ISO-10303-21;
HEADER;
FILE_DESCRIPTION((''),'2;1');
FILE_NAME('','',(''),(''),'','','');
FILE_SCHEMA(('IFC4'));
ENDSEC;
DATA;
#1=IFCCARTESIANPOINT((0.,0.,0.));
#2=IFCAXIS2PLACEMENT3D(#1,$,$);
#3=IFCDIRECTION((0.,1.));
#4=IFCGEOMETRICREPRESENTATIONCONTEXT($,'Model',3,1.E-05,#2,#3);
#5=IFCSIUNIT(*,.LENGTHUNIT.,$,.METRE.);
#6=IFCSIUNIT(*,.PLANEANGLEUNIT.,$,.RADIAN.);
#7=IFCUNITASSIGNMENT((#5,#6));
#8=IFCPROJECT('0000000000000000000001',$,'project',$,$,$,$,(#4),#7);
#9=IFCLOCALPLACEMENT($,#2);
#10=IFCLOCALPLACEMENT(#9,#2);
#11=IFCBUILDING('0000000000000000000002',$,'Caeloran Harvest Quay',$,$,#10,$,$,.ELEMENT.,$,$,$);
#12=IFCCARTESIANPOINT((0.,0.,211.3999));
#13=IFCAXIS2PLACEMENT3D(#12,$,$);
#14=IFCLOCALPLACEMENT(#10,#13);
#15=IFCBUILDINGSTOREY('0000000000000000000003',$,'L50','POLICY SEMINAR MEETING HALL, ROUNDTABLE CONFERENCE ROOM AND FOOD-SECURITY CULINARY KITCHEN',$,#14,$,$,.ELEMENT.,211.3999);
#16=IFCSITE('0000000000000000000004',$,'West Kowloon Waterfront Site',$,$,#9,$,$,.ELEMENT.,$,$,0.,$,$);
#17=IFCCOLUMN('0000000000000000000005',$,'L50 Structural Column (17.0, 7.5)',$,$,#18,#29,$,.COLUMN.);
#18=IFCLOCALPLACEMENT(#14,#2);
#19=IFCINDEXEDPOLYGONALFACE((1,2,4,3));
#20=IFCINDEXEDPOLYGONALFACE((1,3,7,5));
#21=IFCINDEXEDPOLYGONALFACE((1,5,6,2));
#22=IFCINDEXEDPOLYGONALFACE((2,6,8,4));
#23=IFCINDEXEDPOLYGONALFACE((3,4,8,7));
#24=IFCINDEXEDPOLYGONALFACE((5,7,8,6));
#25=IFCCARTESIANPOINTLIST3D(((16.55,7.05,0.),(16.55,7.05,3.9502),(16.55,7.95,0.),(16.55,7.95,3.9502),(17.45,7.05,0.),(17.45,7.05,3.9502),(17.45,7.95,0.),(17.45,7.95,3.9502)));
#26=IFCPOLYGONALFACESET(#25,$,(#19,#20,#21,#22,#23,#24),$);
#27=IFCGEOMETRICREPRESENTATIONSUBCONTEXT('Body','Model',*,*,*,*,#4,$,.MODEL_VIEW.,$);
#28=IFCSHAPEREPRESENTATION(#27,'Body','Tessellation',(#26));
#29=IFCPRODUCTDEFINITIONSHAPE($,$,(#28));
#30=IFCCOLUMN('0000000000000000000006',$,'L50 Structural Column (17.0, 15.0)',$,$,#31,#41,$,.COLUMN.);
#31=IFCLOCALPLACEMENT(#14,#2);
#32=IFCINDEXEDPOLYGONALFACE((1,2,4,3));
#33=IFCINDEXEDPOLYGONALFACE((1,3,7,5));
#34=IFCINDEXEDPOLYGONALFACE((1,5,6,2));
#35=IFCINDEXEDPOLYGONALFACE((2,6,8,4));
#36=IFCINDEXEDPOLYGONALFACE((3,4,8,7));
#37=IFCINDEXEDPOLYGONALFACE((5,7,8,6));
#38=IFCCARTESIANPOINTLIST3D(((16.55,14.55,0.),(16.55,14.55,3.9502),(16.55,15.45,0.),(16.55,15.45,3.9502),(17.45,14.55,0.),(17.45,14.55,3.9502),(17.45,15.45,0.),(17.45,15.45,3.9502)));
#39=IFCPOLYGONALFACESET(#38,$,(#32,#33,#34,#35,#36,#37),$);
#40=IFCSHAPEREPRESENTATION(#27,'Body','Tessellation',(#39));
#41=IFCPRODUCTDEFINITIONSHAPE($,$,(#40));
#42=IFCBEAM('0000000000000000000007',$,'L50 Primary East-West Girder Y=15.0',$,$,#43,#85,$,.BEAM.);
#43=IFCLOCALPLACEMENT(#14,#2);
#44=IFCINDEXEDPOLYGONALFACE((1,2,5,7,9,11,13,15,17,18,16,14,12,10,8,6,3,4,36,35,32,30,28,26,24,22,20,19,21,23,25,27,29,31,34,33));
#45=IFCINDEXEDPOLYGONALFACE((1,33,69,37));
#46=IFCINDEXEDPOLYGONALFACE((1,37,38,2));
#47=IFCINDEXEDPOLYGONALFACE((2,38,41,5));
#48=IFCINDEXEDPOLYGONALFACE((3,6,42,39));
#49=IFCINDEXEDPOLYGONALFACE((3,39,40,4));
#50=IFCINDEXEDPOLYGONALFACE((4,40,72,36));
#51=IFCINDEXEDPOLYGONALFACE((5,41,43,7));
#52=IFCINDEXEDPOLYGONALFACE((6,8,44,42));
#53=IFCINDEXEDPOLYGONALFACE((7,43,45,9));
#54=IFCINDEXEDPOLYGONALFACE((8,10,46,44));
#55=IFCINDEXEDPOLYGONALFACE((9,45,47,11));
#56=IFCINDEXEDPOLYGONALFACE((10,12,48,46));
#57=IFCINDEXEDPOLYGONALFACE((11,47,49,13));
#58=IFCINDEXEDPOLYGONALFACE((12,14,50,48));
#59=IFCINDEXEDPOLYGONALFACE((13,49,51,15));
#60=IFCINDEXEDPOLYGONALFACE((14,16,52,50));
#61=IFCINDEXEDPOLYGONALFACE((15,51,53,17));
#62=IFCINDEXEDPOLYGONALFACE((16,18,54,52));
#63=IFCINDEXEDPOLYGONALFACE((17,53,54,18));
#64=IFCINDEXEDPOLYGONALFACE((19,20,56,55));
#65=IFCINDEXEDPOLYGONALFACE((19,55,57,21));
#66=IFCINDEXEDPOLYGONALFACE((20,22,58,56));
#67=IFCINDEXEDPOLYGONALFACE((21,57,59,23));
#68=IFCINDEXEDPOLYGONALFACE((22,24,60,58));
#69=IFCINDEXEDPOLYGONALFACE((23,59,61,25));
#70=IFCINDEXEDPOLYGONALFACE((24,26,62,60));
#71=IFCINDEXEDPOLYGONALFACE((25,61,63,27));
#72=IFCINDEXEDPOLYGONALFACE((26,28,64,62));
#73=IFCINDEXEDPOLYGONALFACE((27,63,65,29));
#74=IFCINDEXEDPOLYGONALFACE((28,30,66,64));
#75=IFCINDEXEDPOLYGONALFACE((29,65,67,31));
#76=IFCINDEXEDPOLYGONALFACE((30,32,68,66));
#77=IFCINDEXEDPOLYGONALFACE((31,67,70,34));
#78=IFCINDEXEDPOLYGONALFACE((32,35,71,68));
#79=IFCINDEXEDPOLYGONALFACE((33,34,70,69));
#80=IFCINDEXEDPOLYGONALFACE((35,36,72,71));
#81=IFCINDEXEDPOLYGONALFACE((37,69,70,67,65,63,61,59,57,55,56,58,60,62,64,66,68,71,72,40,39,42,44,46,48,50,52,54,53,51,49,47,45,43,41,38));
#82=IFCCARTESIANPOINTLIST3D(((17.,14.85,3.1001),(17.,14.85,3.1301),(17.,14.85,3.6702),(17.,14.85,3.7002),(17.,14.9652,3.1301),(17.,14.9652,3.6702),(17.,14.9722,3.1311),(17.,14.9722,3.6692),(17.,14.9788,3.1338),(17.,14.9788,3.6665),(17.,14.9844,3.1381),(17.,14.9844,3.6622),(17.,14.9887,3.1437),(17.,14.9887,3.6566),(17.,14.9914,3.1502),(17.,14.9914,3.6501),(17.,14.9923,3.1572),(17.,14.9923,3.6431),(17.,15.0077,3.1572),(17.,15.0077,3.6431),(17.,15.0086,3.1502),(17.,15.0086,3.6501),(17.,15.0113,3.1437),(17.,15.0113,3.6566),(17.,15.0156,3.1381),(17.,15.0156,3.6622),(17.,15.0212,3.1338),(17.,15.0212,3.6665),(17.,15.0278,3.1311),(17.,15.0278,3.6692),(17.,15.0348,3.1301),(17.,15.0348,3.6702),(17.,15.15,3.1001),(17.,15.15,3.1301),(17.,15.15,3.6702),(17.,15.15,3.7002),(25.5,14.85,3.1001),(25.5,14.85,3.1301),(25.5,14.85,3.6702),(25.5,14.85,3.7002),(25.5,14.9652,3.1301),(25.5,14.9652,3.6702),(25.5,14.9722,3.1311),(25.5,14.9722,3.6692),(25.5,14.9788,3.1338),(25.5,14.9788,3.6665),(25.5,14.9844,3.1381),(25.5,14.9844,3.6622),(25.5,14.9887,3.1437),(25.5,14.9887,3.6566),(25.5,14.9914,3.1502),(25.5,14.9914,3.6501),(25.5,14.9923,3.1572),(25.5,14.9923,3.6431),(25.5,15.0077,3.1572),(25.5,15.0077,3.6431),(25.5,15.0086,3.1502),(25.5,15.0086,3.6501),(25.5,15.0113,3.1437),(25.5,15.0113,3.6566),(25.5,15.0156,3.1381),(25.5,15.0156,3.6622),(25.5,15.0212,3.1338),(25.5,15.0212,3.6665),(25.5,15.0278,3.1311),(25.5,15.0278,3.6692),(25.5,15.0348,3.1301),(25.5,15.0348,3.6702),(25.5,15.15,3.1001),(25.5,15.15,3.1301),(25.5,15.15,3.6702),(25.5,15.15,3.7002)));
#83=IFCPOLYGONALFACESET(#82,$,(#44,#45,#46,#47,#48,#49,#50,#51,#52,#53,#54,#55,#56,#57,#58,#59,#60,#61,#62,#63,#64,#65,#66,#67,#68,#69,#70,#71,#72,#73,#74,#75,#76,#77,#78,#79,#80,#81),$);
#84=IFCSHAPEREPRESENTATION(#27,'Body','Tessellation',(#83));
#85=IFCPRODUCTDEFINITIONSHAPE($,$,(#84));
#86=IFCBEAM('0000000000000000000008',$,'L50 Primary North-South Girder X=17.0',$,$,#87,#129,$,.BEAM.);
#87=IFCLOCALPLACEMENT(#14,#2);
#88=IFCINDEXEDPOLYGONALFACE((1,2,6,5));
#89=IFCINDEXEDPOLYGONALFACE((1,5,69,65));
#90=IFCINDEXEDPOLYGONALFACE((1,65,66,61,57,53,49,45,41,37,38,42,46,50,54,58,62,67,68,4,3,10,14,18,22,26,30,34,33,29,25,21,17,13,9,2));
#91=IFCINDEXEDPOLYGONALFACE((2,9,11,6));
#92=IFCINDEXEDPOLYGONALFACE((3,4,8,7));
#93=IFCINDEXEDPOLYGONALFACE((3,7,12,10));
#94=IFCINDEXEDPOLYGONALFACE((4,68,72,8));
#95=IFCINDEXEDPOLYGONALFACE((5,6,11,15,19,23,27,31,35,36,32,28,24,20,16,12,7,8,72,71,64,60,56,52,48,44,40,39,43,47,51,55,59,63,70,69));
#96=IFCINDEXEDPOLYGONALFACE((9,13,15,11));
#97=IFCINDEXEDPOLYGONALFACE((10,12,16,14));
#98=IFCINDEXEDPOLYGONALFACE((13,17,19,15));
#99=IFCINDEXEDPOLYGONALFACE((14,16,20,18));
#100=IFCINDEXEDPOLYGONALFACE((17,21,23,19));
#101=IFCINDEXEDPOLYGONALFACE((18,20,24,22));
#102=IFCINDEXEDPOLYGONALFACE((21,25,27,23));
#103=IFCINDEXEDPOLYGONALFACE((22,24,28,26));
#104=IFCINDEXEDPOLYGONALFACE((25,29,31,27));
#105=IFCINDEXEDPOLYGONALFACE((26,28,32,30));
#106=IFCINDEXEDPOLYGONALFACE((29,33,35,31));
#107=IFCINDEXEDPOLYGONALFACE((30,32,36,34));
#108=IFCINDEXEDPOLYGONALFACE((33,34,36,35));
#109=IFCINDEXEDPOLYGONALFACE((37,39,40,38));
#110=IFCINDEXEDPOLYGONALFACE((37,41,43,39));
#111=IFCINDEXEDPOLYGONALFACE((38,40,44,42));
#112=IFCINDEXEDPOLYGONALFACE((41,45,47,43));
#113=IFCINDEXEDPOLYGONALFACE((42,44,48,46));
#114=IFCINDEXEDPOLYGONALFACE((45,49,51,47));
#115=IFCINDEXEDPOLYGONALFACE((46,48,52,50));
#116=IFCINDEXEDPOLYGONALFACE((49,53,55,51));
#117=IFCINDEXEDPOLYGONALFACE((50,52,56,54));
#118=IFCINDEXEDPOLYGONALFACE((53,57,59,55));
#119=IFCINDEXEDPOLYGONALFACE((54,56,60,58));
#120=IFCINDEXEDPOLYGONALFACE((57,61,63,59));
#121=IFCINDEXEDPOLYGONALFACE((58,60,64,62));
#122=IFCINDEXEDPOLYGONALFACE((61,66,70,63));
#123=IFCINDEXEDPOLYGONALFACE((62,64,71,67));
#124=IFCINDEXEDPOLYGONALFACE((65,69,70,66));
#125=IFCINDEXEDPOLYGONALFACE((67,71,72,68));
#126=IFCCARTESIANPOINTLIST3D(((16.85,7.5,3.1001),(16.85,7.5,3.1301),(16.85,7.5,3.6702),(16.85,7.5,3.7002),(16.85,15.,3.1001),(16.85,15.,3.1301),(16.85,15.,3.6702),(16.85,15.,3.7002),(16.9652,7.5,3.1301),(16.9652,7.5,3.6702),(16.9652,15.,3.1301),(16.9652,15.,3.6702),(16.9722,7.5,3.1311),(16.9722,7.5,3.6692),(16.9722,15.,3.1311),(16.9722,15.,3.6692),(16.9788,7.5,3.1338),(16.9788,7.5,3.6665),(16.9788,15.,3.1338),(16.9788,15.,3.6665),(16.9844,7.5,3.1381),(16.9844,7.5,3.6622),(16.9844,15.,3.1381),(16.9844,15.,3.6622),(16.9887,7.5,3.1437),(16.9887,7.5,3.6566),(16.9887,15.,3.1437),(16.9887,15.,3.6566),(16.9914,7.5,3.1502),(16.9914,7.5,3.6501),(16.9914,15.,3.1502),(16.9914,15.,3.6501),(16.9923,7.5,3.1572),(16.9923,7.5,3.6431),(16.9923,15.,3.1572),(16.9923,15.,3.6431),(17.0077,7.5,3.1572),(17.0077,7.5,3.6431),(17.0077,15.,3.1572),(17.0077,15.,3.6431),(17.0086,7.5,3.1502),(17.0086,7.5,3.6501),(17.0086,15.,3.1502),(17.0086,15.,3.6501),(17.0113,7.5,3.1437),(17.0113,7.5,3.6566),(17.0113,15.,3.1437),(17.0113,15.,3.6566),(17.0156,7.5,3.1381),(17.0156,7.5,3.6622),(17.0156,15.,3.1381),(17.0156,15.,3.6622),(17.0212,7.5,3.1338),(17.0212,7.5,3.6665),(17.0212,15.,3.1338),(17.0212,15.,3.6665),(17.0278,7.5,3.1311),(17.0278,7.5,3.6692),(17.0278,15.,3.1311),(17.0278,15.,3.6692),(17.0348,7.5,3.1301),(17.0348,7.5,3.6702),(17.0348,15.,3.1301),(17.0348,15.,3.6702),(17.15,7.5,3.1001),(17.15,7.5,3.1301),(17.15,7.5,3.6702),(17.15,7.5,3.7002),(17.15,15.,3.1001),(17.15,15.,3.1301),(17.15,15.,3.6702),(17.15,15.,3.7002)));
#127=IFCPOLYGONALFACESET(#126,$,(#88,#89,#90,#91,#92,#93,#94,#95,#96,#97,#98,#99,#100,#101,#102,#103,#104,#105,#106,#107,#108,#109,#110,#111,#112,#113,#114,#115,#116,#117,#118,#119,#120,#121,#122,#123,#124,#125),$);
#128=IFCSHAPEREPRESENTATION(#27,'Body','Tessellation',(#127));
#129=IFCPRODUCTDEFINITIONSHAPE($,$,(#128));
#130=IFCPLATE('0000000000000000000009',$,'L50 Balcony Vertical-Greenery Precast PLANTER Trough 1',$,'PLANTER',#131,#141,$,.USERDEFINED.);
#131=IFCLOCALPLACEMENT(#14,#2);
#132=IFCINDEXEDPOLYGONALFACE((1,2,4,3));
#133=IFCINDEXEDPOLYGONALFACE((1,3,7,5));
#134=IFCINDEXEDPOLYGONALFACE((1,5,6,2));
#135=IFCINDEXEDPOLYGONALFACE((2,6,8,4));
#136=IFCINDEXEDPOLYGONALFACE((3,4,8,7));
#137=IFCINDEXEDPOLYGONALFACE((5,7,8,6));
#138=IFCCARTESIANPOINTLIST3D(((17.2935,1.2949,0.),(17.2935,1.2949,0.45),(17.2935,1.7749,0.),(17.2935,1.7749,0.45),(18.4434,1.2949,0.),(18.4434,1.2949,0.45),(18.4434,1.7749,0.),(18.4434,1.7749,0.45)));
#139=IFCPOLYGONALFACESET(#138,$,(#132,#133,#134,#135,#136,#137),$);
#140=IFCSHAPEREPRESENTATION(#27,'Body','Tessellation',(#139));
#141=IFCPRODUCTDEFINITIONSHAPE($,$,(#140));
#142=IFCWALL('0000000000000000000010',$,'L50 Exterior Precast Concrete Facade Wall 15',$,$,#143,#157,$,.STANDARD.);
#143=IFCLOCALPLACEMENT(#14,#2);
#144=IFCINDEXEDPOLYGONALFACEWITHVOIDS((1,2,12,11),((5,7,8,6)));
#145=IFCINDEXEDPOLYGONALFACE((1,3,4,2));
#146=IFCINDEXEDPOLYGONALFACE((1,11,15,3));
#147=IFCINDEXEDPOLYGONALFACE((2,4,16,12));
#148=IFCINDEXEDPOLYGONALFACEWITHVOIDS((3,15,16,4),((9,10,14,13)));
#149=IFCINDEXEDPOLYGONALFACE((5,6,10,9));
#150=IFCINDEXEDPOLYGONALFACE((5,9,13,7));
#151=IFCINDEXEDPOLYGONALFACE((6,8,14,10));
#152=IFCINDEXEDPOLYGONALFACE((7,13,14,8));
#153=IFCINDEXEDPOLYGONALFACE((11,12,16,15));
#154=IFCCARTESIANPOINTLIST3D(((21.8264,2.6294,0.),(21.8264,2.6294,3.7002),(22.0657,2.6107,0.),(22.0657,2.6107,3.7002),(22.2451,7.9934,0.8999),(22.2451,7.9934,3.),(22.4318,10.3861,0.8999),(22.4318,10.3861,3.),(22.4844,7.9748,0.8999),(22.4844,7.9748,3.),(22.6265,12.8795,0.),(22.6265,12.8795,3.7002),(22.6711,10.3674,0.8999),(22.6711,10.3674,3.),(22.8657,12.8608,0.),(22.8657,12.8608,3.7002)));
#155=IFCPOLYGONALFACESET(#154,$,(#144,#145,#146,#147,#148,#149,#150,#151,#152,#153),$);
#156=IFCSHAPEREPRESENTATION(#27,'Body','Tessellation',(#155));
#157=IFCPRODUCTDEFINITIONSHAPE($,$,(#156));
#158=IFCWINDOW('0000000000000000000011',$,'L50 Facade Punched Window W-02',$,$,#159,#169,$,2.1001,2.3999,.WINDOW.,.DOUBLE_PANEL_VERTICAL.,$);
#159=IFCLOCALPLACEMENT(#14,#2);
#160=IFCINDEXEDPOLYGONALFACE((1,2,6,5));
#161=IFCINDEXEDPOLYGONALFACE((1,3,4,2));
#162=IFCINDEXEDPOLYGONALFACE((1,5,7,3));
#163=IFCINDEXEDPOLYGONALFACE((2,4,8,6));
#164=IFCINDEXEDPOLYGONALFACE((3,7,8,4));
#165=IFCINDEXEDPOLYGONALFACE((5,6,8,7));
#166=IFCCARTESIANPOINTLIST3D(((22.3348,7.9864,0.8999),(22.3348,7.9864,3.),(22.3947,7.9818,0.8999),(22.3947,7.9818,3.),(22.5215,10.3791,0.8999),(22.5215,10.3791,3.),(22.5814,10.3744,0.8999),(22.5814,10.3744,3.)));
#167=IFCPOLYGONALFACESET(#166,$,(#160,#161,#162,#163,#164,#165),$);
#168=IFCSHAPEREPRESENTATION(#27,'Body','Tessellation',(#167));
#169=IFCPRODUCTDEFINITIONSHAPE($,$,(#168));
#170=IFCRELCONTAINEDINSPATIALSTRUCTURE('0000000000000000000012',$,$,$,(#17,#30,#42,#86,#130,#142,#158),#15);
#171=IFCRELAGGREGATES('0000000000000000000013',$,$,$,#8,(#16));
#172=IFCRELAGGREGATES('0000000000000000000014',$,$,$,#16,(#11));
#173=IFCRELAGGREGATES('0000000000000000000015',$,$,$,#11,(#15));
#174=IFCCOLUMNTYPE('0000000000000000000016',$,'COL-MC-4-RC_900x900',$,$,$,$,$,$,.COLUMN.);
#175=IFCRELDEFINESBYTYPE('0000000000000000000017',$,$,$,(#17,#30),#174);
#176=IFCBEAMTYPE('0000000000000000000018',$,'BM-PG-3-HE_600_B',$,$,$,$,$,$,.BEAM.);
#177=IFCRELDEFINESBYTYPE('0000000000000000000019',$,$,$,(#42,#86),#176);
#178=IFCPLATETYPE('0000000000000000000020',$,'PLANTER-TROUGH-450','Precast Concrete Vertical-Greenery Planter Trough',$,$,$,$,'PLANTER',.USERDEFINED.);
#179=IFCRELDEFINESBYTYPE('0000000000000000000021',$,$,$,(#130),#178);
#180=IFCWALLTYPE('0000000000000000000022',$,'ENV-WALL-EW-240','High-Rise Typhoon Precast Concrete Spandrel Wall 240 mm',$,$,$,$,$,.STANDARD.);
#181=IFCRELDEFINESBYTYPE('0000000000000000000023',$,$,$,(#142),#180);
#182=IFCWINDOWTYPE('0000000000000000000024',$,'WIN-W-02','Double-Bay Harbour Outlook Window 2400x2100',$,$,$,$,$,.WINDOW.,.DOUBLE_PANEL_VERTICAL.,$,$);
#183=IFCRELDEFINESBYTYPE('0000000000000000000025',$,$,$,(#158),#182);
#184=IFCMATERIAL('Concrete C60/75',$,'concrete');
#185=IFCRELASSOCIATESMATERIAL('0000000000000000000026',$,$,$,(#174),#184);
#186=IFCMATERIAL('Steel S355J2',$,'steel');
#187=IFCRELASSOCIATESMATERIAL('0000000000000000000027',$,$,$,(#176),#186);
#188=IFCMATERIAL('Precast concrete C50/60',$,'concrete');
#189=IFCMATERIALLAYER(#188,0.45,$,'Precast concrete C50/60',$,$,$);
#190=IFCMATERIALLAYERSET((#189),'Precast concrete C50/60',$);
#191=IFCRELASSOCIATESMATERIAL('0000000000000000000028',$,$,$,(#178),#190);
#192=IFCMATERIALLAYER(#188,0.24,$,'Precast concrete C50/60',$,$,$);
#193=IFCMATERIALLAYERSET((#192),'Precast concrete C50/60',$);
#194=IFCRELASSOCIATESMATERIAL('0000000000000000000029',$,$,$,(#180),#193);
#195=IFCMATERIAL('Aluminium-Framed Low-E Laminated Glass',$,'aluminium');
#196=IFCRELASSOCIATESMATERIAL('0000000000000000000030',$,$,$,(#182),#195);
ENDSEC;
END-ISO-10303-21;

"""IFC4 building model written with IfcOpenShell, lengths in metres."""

from ifc_helpers import new_model, si_unit, direction, frame, frame_2d, origin, origin_2d, place, context, subcontext, project, spatial, rectangle, i_section, extrude, material, layer, layer_set, material_profile, profile_set, type_object, element, fill, save


model = new_model("IFC4")

# Units and contexts
model_context = context("Model", 3, precision=1e-05, world=origin(), true_north=direction((0.0, 1.0)))
body_context = subcontext(model_context, "Body", "Model", "MODEL_VIEW")
ifc_project = project(units=[si_unit("LENGTHUNIT", "METRE"), si_unit("PLANEANGLEUNIT", "RADIAN")], contexts=[model_context])

# Site, building, storey
site_placement = place(None, origin())
site = spatial("IfcSite", under=ifc_project, at=site_placement, Name="West Kowloon Waterfront Site", CompositionType="ELEMENT", RefElevation=0.0)
building_placement = place(site_placement, origin())
building = spatial("IfcBuilding", under=site, at=building_placement, Name="Caeloran Harvest Quay", CompositionType="ELEMENT")
storey_placement = place(building_placement, frame((0.0, 0.0, 211.3999)))
storey = spatial("IfcBuildingStorey", under=building, at=storey_placement, Name="L50", Description="POLICY SEMINAR MEETING HALL, ROUNDTABLE CONFERENCE ROOM AND FOOD-SECURITY CULINARY KITCHEN", CompositionType="ELEMENT", Elevation=211.3999)

# Columns
ifc_material_1 = material(Name="Concrete C60/75", Category="concrete")
ifc_material_profile_1 = material_profile(ifc_material_1, rectangle(XDim=0.8999, YDim=0.8999, at=origin_2d()), Name="RC 900x900")
ifc_profile_set_1 = profile_set([ifc_material_profile_1], Name="Concrete C60/75")
column_type = type_object("IfcColumnType", Name="COL-MC-4-RC_900x900", PredefinedType="COLUMN", material=ifc_profile_set_1)
for number, where, z_axis, x_axis, name in (
    (1, (17.0, 7.5, 0.0), (0.0, 0.0, 1.0), (1.0, 0.0, 0.0), "L50 Structural Column (17.0, 7.5)"),
    (2, (17.0, 15.0, 0.0), (0.0, 0.0, 1.0), (1.0, 0.0, 0.0), "L50 Structural Column (17.0, 15.0)"),
):
    element("IfcColumn", number, at=place(storey_placement, frame(where, z_axis=z_axis, x_axis=x_axis)), inside=storey, type_object=column_type, Name=name, PredefinedType="COLUMN", context=body_context, shape_type="SweptSolid", body=[
        extrude(rectangle(XDim=0.8999, YDim=0.8999, at=origin_2d()), origin(), (0.0, 0.0, 1.0), 3.9502),
    ])

# Beams
ifc_material_2 = material(Name="Steel S355J2", Category="steel")
ifc_material_profile_2 = material_profile(ifc_material_2, i_section(OverallWidth=0.3, OverallDepth=0.6001, WebThickness=0.0154, FlangeThickness=0.03, FilletRadius=0.0271, at=origin_2d()), Name="HE 600 B")
ifc_profile_set_2 = profile_set([ifc_material_profile_2], Name="Steel S355J2")
beam_type = type_object("IfcBeamType", Name="BM-PG-3-HE_600_B", PredefinedType="BEAM", material=ifc_profile_set_2)
beam_1_placement = place(storey_placement, frame((17.0, 15.0, 3.4001), z_axis=(1.0, 0.0, 0.0), x_axis=(0.0, 1.0, 0.0)))
element("IfcBeam", 3, at=beam_1_placement, inside=storey, type_object=beam_type, Name="L50 Primary East-West Girder Y=15.0", PredefinedType="BEAM", context=body_context, shape_type="SweptSolid", body=[
    extrude(i_section(OverallWidth=0.3, OverallDepth=0.6001, WebThickness=0.0154, FlangeThickness=0.03, FilletRadius=0.0271, at=origin_2d()), origin(), (0.0, 0.0, 1.0), 8.5),
])
beam_2_placement = place(storey_placement, frame((17.0, 7.5, 3.4001), z_axis=(0.0, 1.0, 0.0), x_axis=(-1.0, 0.0, 0.0)))
element("IfcBeam", 4, at=beam_2_placement, inside=storey, type_object=beam_type, Name="L50 Primary North-South Girder X=17.0", PredefinedType="BEAM", context=body_context, shape_type="SweptSolid", body=[
    extrude(i_section(OverallWidth=0.3, OverallDepth=0.6001, WebThickness=0.0154, FlangeThickness=0.03, FilletRadius=0.0271, at=origin_2d()), origin(), (0.0, 0.0, 1.0), 7.5),
])

# Plate
ifc_material_3 = material(Name="Precast concrete C50/60", Category="concrete")
ifc_layer_1 = layer(ifc_material_3, 0.45, Name="Precast concrete C50/60")
ifc_layer_set_1 = layer_set([ifc_layer_1], Name="Precast concrete C50/60")
plate_type = type_object("IfcPlateType", Name="PLANTER-TROUGH-450", Description="Precast Concrete Vertical-Greenery Planter Trough", ElementType="PLANTER", PredefinedType="USERDEFINED", material=ifc_layer_set_1)
plate_placement = place(storey_placement, frame((17.8684, 1.5349, 0.0), z_axis=(0.0, 0.0, 1.0), x_axis=(1.0, 0.0, 0.0)))
element("IfcPlate", 5, at=plate_placement, inside=storey, type_object=plate_type, Name="L50 Balcony Vertical-Greenery Precast PLANTER Trough 1", ObjectType="PLANTER", PredefinedType="USERDEFINED", context=body_context, shape_type="SweptSolid", body=[
    extrude(rectangle(XDim=1.1499, YDim=0.48, at=origin_2d()), origin(), (0.0, 0.0, 1.0), 0.45),
])

# Wall, opening, window
ifc_layer_2 = layer(ifc_material_3, 0.24, Name="Precast concrete C50/60")
ifc_layer_set_2 = layer_set([ifc_layer_2], Name="Precast concrete C50/60")
wall_type_1 = type_object("IfcWallType", Name="ENV-WALL-EW-240", Description="High-Rise Typhoon Precast Concrete Spandrel Wall 240 mm", PredefinedType="STANDARD", material=ifc_layer_set_2)
wall_1_placement = place(storey_placement, frame((22.7461, 12.8701, 0.0), z_axis=(0.0, 0.0, 1.0), x_axis=(-0.077817, -0.996968, 0.0)))
wall_1 = element("IfcWall", 6, at=wall_1_placement, inside=storey, type_object=wall_type_1, Name="L50 Exterior Precast Concrete Facade Wall 15", PredefinedType="STANDARD", context=body_context, shape_type="SweptSolid", body=[
    extrude(rectangle(XDim=10.2812, YDim=0.24, at=frame_2d((5.1406, 0.0))), origin(), (0.0, 0.0, 1.0), 3.7002),
])
opening_1_placement = place(wall_1_placement, frame((2.501, 0.0, 0.8999)))
opening_1 = element("IfcOpeningElement", 7, at=opening_1_placement, cuts=wall_1, PredefinedType="OPENING", context=body_context, shape_type="SweptSolid", body=[
    extrude(rectangle(XDim=2.3999, YDim=2.1001, at=frame_2d((1.2, 1.05))), frame((0.0, 0.1299, 0.0), z_axis=(0.0, -1.0, 0.0), x_axis=(1.0, 0.0, 0.0)), (0.0, 0.0, 1.0), 0.26),
])
ifc_material_4 = material(Name="Aluminium-Framed Low-E Laminated Glass", Category="aluminium")
window_type = type_object("IfcWindowType", Name="WIN-W-02", Description="Double-Bay Harbour Outlook Window 2400x2100", PartitioningType="DOUBLE_PANEL_VERTICAL", PredefinedType="WINDOW", material=ifc_material_4)
window_placement = place(opening_1_placement, origin())
window = element("IfcWindow", 8, at=window_placement, inside=storey, type_object=window_type, Name="L50 Facade Punched Window W-02", OverallHeight=2.1001, OverallWidth=2.3999, PartitioningType="DOUBLE_PANEL_VERTICAL", PredefinedType="WINDOW", context=body_context, shape_type="SweptSolid", body=[
    extrude(rectangle(XDim=2.3999, YDim=2.1001, at=frame_2d((1.2, 1.05))), frame((0.0, 0.03, 0.0), z_axis=(0.0, -1.0, 0.0), x_axis=(1.0, 0.0, 0.0)), (0.0, 0.0, 1.0), 0.0601),
])
fill(opening_1, window)

save(model, "model.ifc")
